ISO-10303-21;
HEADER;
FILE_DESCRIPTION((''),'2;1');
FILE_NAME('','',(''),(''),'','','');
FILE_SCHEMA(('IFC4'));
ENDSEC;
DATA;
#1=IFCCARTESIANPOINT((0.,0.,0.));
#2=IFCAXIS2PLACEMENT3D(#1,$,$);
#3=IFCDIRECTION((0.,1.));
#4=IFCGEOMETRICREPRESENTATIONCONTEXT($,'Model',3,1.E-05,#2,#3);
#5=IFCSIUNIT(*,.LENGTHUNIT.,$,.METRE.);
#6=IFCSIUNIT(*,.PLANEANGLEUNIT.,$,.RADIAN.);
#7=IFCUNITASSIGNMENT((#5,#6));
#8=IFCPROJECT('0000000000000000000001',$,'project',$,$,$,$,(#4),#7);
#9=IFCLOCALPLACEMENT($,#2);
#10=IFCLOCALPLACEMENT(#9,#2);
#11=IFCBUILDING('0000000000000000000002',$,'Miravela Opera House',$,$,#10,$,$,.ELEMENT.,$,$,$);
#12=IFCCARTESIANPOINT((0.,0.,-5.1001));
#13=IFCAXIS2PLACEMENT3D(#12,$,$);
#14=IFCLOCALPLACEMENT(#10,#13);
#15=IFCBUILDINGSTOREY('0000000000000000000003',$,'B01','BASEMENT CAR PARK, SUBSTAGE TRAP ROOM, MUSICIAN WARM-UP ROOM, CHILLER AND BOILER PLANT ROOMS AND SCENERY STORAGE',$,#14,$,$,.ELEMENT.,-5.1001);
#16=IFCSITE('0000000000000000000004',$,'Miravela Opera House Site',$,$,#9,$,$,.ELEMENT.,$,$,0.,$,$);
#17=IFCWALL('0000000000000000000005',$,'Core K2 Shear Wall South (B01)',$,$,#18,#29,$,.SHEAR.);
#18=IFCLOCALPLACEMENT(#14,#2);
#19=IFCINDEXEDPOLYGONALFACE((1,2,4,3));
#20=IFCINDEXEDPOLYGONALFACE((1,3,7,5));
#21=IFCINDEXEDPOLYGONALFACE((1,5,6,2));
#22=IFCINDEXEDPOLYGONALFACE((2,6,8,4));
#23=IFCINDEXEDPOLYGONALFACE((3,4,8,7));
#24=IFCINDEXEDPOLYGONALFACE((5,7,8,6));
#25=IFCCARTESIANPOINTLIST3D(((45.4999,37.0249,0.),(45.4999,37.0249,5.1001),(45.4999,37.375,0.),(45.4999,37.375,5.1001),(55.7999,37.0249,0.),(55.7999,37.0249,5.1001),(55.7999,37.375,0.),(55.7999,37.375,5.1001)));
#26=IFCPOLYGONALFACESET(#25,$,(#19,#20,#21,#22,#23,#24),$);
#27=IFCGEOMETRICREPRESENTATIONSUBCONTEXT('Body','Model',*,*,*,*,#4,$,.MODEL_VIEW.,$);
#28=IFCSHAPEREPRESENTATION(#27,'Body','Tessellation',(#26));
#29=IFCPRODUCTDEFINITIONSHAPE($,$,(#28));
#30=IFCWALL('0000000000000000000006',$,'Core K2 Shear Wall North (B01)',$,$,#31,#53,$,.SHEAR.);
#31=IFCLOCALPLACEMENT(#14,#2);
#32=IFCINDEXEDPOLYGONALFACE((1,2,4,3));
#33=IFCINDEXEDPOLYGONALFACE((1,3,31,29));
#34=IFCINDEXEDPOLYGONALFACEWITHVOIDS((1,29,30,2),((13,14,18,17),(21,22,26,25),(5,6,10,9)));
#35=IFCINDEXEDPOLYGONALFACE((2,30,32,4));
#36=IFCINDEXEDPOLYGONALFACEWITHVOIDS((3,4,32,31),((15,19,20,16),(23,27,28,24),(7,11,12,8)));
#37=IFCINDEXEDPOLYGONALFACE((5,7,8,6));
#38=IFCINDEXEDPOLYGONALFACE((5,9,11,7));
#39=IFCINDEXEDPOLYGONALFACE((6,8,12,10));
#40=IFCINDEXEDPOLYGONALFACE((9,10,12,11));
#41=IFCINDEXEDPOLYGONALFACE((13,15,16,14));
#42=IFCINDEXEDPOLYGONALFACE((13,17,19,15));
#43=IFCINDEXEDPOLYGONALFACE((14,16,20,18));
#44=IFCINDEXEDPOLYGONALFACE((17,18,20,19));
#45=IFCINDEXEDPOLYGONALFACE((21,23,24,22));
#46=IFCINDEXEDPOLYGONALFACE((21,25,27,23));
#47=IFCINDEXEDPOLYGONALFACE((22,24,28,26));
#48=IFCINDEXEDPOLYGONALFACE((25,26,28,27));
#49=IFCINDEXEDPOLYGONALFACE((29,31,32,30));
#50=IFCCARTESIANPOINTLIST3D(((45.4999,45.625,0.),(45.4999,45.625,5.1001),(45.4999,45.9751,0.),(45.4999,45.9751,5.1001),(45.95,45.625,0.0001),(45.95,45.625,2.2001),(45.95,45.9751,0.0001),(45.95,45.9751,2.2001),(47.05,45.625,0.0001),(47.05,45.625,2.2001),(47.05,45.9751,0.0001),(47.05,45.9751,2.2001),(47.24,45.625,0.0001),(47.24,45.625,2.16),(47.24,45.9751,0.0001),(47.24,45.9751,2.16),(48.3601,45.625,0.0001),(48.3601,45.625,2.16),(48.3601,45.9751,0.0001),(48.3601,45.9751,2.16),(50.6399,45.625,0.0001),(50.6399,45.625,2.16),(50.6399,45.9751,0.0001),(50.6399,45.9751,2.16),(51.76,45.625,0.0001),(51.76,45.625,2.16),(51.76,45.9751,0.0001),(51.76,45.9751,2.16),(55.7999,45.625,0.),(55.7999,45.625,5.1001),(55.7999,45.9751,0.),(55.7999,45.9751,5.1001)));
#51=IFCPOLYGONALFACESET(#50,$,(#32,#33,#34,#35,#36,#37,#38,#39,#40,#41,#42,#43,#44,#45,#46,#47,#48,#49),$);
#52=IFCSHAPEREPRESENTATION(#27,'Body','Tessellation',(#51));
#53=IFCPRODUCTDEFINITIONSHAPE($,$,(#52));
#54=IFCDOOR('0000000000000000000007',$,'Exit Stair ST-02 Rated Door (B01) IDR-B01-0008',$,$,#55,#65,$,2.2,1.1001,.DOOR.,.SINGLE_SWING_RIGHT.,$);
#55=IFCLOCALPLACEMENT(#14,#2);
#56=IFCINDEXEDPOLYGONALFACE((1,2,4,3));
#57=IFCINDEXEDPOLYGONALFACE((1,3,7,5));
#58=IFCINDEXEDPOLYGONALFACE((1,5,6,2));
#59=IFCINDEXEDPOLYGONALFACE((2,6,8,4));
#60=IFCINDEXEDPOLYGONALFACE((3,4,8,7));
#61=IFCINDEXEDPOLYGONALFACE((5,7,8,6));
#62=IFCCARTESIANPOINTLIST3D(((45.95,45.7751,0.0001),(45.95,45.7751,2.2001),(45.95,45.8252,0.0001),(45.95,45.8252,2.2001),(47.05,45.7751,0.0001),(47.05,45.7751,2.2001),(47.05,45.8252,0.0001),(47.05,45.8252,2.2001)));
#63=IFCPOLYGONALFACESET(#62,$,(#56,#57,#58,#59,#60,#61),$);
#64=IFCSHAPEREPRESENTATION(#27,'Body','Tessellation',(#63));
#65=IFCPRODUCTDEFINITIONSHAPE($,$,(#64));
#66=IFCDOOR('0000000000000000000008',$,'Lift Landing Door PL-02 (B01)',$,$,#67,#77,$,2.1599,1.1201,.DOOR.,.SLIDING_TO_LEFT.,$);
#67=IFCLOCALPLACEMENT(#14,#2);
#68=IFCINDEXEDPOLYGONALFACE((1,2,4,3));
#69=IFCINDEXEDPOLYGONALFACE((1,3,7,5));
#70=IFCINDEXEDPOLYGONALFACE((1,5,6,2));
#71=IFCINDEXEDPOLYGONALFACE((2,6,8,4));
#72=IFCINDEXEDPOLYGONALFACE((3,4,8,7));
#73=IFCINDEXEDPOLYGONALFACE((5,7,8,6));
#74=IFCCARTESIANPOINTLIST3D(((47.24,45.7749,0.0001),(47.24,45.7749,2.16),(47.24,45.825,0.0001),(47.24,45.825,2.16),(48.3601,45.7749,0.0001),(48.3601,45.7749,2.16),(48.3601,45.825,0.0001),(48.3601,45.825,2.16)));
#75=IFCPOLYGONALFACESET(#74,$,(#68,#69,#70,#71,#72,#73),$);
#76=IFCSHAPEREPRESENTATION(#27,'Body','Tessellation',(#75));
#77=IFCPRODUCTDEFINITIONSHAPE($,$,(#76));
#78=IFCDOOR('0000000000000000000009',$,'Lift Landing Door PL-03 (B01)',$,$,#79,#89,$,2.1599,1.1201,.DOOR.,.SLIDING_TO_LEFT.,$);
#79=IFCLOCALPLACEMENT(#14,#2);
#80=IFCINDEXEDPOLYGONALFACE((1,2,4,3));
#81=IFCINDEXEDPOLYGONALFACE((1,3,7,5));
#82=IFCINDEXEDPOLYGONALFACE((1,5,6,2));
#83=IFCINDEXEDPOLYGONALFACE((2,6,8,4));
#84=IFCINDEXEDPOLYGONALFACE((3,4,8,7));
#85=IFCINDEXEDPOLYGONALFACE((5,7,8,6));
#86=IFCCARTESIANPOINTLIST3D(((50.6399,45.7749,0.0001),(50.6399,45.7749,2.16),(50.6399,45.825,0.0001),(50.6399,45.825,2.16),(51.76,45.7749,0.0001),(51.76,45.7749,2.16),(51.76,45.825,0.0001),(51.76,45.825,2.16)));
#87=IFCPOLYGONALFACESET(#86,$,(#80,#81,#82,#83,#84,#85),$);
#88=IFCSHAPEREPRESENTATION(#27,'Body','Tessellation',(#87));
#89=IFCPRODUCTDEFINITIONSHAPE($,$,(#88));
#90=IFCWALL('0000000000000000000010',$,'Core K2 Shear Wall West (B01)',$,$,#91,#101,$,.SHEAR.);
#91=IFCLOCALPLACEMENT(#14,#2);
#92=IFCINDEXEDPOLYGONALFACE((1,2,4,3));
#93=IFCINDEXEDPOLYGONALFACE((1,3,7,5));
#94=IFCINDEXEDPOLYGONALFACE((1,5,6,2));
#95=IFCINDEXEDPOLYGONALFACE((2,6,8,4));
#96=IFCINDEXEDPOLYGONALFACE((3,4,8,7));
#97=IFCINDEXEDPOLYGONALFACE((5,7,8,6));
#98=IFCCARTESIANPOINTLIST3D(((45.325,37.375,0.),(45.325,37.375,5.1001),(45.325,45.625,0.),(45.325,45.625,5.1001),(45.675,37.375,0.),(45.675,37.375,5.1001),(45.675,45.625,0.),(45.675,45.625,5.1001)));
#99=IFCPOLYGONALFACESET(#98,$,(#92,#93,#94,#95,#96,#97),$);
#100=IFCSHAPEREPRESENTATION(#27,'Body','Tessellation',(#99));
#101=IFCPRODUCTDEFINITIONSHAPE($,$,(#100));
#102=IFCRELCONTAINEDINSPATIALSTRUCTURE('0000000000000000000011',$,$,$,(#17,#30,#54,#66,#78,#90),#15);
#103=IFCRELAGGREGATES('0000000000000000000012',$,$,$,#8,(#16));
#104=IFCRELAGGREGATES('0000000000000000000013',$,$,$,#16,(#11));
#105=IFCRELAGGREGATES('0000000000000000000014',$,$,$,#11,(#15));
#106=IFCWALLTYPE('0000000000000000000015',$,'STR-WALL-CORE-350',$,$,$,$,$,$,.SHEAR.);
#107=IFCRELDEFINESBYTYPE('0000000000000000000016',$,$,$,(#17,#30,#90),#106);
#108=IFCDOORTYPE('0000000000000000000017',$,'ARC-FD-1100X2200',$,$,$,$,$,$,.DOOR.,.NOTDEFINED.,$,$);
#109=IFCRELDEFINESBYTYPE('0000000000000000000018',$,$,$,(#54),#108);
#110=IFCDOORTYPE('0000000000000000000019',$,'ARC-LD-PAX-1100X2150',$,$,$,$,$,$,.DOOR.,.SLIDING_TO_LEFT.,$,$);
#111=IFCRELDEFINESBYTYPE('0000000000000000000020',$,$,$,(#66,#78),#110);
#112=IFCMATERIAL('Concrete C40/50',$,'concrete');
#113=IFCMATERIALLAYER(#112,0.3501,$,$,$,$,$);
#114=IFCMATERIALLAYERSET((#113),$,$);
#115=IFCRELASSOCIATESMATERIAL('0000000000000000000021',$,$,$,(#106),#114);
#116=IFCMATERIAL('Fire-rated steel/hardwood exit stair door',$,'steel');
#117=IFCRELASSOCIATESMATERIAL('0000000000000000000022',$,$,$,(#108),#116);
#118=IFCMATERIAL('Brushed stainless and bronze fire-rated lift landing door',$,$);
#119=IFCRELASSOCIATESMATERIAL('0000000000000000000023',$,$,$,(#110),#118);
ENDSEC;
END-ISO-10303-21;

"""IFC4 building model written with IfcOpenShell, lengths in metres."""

from ifc_helpers import new_model, si_unit, direction, frame, frame_2d, origin, place, context, subcontext, project, spatial, rectangle, extrude, material, layer, layer_set, type_object, element, fill, save


model = new_model("IFC4")

# Units and contexts
model_context = context("Model", 3, precision=1e-05, world=origin(), true_north=direction((0.0, 1.0)))
body_context = subcontext(model_context, "Body", "Model", "MODEL_VIEW")
ifc_project = project(units=[si_unit("LENGTHUNIT", "METRE"), si_unit("PLANEANGLEUNIT", "RADIAN")], contexts=[model_context])

# Site, building, storey
site_placement = place(None, origin())
site = spatial("IfcSite", under=ifc_project, at=site_placement, Name="Miravela Opera House Site", CompositionType="ELEMENT", RefElevation=0.0)
building_placement = place(site_placement, origin())
building = spatial("IfcBuilding", under=site, at=building_placement, Name="Miravela Opera House", CompositionType="ELEMENT")
storey_placement = place(building_placement, frame((0.0, 0.0, -5.1001)))
storey = spatial("IfcBuildingStorey", under=building, at=storey_placement, Name="B01", Description="BASEMENT CAR PARK, SUBSTAGE TRAP ROOM, MUSICIAN WARM-UP ROOM, CHILLER AND BOILER PLANT ROOMS AND SCENERY STORAGE", CompositionType="ELEMENT", Elevation=-5.1001)

# Shared definitions
ifc_material_1 = material(Name="Concrete C40/50", Category="concrete")

# Wall
ifc_layer = layer(ifc_material_1, 0.3501)
ifc_layer_set = layer_set([ifc_layer])
wall_type = type_object("IfcWallType", Name="STR-WALL-CORE-350", PredefinedType="SHEAR", material=ifc_layer_set)
wall_1_placement = place(storey_placement, frame((45.5, 37.2, 0.0), z_axis=(0.0, 0.0, 1.0), x_axis=(1.0, 0.0, 0.0)))
element("IfcWall", 1, at=wall_1_placement, inside=storey, type_object=wall_type, Name="Core K2 Shear Wall South (B01)", PredefinedType="SHEAR", context=body_context, shape_type="SweptSolid", body=[
    extrude(rectangle(XDim=10.3, YDim=0.3501, at=frame_2d((5.1499, 0.0))), origin(), (0.0, 0.0, 1.0), 5.1001),
])

# Wall, openings, doors
wall_2_placement = place(storey_placement, frame((45.5, 45.8, 0.0), z_axis=(0.0, 0.0, 1.0), x_axis=(1.0, 0.0, 0.0)))
wall_2 = element("IfcWall", 2, at=wall_2_placement, inside=storey, type_object=wall_type, Name="Core K2 Shear Wall North (B01)", PredefinedType="SHEAR", context=body_context, shape_type="SweptSolid", body=[
    extrude(rectangle(XDim=10.3, YDim=0.3501, at=frame_2d((5.1499, 0.0))), origin(), (0.0, 0.0, 1.0), 5.1001),
])
opening_1_placement = place(wall_2_placement, frame((0.45, 0.0, 0.0)))
opening_1 = element("IfcOpeningElement", 3, at=opening_1_placement, cuts=wall_2, PredefinedType="OPENING", context=body_context, shape_type="SweptSolid", body=[
    extrude(rectangle(XDim=1.1001, YDim=2.2, at=frame_2d((0.55, 1.1001))), frame((0.0, 0.1851, 0.0), z_axis=(0.0, -1.0, 0.0), x_axis=(1.0, 0.0, 0.0)), (0.0, 0.0, 1.0), 0.3701),
])
opening_2_placement = place(wall_2_placement, frame((1.74, 0.0, 0.0)))
opening_2 = element("IfcOpeningElement", 4, at=opening_2_placement, cuts=wall_2, PredefinedType="OPENING", context=body_context, shape_type="SweptSolid", body=[
    extrude(rectangle(XDim=1.1201, YDim=2.1599, at=frame_2d((0.5601, 1.0801))), frame((0.0, 0.1851, 0.0), z_axis=(0.0, -1.0, 0.0), x_axis=(1.0, 0.0, 0.0)), (0.0, 0.0, 1.0), 0.3701),
])
opening_3_placement = place(wall_2_placement, frame((5.1399, 0.0, 0.0)))
opening_3 = element("IfcOpeningElement", 5, at=opening_3_placement, cuts=wall_2, PredefinedType="OPENING", context=body_context, shape_type="SweptSolid", body=[
    extrude(rectangle(XDim=1.1201, YDim=2.1599, at=frame_2d((0.5601, 1.0801))), frame((0.0, 0.1851, 0.0), z_axis=(0.0, -1.0, 0.0), x_axis=(1.0, 0.0, 0.0)), (0.0, 0.0, 1.0), 0.3701),
])
ifc_material_2 = material(Name="Fire-rated steel/hardwood exit stair door", Category="steel")
door_type_1 = type_object("IfcDoorType", Name="ARC-FD-1100X2200", OperationType="NOTDEFINED", PredefinedType="DOOR", material=ifc_material_2)
door_1_placement = place(opening_1_placement, frame((1.1001, 0.0, 0.0), z_axis=(0.0, 0.0, 1.0), x_axis=(-1.0, 0.0, 0.0)))
door_1 = element("IfcDoor", 6, at=door_1_placement, inside=storey, type_object=door_type_1, Name="Exit Stair ST-02 Rated Door (B01) IDR-B01-0008", OperationType="SINGLE_SWING_RIGHT", OverallHeight=2.2, OverallWidth=1.1001, PredefinedType="DOOR", context=body_context, shape_type="SweptSolid", body=[
    extrude(rectangle(XDim=1.1001, YDim=2.2, at=frame_2d((0.55, 1.1001))), frame((0.0, 0.0249, 0.0), z_axis=(0.0, -1.0, 0.0), x_axis=(1.0, 0.0, 0.0)), (0.0, 0.0, 1.0), 0.05),
])
fill(opening_1, door_1)
ifc_material_3 = material(Name="Brushed stainless and bronze fire-rated lift landing door")
door_type_2 = type_object("IfcDoorType", Name="ARC-LD-PAX-1100X2150", OperationType="SLIDING_TO_LEFT", PredefinedType="DOOR", material=ifc_material_3)
door_2_placement = place(opening_2_placement, origin())
door_2 = element("IfcDoor", 7, at=door_2_placement, inside=storey, type_object=door_type_2, Name="Lift Landing Door PL-02 (B01)", OperationType="SLIDING_TO_LEFT", OverallHeight=2.1599, OverallWidth=1.1201, PredefinedType="DOOR", context=body_context, shape_type="SweptSolid", body=[
    extrude(rectangle(XDim=1.1201, YDim=2.1599, at=frame_2d((0.5601, 1.0801))), frame((0.0, 0.0249, 0.0), z_axis=(0.0, -1.0, 0.0), x_axis=(1.0, 0.0, 0.0)), (0.0, 0.0, 1.0), 0.05),
])
fill(opening_2, door_2)
door_3_placement = place(opening_3_placement, origin())
door_3 = element("IfcDoor", 8, at=door_3_placement, inside=storey, type_object=door_type_2, Name="Lift Landing Door PL-03 (B01)", OperationType="SLIDING_TO_LEFT", OverallHeight=2.1599, OverallWidth=1.1201, PredefinedType="DOOR", context=body_context, shape_type="SweptSolid", body=[
    extrude(rectangle(XDim=1.1201, YDim=2.1599, at=frame_2d((0.5601, 1.0801))), frame((0.0, 0.0249, 0.0), z_axis=(0.0, -1.0, 0.0), x_axis=(1.0, 0.0, 0.0)), (0.0, 0.0, 1.0), 0.05),
])
fill(opening_3, door_3)

# Wall
wall_3_placement = place(storey_placement, frame((45.5, 37.375, 0.0), z_axis=(0.0, 0.0, 1.0), x_axis=(0.0, 1.0, 0.0)))
element("IfcWall", 9, at=wall_3_placement, inside=storey, type_object=wall_type, Name="Core K2 Shear Wall West (B01)", PredefinedType="SHEAR", context=body_context, shape_type="SweptSolid", body=[
    extrude(rectangle(XDim=8.25, YDim=0.3501, at=frame_2d((4.125, 0.0))), origin(), (0.0, 0.0, 1.0), 5.1001),
])

save(model, "model.ifc")
